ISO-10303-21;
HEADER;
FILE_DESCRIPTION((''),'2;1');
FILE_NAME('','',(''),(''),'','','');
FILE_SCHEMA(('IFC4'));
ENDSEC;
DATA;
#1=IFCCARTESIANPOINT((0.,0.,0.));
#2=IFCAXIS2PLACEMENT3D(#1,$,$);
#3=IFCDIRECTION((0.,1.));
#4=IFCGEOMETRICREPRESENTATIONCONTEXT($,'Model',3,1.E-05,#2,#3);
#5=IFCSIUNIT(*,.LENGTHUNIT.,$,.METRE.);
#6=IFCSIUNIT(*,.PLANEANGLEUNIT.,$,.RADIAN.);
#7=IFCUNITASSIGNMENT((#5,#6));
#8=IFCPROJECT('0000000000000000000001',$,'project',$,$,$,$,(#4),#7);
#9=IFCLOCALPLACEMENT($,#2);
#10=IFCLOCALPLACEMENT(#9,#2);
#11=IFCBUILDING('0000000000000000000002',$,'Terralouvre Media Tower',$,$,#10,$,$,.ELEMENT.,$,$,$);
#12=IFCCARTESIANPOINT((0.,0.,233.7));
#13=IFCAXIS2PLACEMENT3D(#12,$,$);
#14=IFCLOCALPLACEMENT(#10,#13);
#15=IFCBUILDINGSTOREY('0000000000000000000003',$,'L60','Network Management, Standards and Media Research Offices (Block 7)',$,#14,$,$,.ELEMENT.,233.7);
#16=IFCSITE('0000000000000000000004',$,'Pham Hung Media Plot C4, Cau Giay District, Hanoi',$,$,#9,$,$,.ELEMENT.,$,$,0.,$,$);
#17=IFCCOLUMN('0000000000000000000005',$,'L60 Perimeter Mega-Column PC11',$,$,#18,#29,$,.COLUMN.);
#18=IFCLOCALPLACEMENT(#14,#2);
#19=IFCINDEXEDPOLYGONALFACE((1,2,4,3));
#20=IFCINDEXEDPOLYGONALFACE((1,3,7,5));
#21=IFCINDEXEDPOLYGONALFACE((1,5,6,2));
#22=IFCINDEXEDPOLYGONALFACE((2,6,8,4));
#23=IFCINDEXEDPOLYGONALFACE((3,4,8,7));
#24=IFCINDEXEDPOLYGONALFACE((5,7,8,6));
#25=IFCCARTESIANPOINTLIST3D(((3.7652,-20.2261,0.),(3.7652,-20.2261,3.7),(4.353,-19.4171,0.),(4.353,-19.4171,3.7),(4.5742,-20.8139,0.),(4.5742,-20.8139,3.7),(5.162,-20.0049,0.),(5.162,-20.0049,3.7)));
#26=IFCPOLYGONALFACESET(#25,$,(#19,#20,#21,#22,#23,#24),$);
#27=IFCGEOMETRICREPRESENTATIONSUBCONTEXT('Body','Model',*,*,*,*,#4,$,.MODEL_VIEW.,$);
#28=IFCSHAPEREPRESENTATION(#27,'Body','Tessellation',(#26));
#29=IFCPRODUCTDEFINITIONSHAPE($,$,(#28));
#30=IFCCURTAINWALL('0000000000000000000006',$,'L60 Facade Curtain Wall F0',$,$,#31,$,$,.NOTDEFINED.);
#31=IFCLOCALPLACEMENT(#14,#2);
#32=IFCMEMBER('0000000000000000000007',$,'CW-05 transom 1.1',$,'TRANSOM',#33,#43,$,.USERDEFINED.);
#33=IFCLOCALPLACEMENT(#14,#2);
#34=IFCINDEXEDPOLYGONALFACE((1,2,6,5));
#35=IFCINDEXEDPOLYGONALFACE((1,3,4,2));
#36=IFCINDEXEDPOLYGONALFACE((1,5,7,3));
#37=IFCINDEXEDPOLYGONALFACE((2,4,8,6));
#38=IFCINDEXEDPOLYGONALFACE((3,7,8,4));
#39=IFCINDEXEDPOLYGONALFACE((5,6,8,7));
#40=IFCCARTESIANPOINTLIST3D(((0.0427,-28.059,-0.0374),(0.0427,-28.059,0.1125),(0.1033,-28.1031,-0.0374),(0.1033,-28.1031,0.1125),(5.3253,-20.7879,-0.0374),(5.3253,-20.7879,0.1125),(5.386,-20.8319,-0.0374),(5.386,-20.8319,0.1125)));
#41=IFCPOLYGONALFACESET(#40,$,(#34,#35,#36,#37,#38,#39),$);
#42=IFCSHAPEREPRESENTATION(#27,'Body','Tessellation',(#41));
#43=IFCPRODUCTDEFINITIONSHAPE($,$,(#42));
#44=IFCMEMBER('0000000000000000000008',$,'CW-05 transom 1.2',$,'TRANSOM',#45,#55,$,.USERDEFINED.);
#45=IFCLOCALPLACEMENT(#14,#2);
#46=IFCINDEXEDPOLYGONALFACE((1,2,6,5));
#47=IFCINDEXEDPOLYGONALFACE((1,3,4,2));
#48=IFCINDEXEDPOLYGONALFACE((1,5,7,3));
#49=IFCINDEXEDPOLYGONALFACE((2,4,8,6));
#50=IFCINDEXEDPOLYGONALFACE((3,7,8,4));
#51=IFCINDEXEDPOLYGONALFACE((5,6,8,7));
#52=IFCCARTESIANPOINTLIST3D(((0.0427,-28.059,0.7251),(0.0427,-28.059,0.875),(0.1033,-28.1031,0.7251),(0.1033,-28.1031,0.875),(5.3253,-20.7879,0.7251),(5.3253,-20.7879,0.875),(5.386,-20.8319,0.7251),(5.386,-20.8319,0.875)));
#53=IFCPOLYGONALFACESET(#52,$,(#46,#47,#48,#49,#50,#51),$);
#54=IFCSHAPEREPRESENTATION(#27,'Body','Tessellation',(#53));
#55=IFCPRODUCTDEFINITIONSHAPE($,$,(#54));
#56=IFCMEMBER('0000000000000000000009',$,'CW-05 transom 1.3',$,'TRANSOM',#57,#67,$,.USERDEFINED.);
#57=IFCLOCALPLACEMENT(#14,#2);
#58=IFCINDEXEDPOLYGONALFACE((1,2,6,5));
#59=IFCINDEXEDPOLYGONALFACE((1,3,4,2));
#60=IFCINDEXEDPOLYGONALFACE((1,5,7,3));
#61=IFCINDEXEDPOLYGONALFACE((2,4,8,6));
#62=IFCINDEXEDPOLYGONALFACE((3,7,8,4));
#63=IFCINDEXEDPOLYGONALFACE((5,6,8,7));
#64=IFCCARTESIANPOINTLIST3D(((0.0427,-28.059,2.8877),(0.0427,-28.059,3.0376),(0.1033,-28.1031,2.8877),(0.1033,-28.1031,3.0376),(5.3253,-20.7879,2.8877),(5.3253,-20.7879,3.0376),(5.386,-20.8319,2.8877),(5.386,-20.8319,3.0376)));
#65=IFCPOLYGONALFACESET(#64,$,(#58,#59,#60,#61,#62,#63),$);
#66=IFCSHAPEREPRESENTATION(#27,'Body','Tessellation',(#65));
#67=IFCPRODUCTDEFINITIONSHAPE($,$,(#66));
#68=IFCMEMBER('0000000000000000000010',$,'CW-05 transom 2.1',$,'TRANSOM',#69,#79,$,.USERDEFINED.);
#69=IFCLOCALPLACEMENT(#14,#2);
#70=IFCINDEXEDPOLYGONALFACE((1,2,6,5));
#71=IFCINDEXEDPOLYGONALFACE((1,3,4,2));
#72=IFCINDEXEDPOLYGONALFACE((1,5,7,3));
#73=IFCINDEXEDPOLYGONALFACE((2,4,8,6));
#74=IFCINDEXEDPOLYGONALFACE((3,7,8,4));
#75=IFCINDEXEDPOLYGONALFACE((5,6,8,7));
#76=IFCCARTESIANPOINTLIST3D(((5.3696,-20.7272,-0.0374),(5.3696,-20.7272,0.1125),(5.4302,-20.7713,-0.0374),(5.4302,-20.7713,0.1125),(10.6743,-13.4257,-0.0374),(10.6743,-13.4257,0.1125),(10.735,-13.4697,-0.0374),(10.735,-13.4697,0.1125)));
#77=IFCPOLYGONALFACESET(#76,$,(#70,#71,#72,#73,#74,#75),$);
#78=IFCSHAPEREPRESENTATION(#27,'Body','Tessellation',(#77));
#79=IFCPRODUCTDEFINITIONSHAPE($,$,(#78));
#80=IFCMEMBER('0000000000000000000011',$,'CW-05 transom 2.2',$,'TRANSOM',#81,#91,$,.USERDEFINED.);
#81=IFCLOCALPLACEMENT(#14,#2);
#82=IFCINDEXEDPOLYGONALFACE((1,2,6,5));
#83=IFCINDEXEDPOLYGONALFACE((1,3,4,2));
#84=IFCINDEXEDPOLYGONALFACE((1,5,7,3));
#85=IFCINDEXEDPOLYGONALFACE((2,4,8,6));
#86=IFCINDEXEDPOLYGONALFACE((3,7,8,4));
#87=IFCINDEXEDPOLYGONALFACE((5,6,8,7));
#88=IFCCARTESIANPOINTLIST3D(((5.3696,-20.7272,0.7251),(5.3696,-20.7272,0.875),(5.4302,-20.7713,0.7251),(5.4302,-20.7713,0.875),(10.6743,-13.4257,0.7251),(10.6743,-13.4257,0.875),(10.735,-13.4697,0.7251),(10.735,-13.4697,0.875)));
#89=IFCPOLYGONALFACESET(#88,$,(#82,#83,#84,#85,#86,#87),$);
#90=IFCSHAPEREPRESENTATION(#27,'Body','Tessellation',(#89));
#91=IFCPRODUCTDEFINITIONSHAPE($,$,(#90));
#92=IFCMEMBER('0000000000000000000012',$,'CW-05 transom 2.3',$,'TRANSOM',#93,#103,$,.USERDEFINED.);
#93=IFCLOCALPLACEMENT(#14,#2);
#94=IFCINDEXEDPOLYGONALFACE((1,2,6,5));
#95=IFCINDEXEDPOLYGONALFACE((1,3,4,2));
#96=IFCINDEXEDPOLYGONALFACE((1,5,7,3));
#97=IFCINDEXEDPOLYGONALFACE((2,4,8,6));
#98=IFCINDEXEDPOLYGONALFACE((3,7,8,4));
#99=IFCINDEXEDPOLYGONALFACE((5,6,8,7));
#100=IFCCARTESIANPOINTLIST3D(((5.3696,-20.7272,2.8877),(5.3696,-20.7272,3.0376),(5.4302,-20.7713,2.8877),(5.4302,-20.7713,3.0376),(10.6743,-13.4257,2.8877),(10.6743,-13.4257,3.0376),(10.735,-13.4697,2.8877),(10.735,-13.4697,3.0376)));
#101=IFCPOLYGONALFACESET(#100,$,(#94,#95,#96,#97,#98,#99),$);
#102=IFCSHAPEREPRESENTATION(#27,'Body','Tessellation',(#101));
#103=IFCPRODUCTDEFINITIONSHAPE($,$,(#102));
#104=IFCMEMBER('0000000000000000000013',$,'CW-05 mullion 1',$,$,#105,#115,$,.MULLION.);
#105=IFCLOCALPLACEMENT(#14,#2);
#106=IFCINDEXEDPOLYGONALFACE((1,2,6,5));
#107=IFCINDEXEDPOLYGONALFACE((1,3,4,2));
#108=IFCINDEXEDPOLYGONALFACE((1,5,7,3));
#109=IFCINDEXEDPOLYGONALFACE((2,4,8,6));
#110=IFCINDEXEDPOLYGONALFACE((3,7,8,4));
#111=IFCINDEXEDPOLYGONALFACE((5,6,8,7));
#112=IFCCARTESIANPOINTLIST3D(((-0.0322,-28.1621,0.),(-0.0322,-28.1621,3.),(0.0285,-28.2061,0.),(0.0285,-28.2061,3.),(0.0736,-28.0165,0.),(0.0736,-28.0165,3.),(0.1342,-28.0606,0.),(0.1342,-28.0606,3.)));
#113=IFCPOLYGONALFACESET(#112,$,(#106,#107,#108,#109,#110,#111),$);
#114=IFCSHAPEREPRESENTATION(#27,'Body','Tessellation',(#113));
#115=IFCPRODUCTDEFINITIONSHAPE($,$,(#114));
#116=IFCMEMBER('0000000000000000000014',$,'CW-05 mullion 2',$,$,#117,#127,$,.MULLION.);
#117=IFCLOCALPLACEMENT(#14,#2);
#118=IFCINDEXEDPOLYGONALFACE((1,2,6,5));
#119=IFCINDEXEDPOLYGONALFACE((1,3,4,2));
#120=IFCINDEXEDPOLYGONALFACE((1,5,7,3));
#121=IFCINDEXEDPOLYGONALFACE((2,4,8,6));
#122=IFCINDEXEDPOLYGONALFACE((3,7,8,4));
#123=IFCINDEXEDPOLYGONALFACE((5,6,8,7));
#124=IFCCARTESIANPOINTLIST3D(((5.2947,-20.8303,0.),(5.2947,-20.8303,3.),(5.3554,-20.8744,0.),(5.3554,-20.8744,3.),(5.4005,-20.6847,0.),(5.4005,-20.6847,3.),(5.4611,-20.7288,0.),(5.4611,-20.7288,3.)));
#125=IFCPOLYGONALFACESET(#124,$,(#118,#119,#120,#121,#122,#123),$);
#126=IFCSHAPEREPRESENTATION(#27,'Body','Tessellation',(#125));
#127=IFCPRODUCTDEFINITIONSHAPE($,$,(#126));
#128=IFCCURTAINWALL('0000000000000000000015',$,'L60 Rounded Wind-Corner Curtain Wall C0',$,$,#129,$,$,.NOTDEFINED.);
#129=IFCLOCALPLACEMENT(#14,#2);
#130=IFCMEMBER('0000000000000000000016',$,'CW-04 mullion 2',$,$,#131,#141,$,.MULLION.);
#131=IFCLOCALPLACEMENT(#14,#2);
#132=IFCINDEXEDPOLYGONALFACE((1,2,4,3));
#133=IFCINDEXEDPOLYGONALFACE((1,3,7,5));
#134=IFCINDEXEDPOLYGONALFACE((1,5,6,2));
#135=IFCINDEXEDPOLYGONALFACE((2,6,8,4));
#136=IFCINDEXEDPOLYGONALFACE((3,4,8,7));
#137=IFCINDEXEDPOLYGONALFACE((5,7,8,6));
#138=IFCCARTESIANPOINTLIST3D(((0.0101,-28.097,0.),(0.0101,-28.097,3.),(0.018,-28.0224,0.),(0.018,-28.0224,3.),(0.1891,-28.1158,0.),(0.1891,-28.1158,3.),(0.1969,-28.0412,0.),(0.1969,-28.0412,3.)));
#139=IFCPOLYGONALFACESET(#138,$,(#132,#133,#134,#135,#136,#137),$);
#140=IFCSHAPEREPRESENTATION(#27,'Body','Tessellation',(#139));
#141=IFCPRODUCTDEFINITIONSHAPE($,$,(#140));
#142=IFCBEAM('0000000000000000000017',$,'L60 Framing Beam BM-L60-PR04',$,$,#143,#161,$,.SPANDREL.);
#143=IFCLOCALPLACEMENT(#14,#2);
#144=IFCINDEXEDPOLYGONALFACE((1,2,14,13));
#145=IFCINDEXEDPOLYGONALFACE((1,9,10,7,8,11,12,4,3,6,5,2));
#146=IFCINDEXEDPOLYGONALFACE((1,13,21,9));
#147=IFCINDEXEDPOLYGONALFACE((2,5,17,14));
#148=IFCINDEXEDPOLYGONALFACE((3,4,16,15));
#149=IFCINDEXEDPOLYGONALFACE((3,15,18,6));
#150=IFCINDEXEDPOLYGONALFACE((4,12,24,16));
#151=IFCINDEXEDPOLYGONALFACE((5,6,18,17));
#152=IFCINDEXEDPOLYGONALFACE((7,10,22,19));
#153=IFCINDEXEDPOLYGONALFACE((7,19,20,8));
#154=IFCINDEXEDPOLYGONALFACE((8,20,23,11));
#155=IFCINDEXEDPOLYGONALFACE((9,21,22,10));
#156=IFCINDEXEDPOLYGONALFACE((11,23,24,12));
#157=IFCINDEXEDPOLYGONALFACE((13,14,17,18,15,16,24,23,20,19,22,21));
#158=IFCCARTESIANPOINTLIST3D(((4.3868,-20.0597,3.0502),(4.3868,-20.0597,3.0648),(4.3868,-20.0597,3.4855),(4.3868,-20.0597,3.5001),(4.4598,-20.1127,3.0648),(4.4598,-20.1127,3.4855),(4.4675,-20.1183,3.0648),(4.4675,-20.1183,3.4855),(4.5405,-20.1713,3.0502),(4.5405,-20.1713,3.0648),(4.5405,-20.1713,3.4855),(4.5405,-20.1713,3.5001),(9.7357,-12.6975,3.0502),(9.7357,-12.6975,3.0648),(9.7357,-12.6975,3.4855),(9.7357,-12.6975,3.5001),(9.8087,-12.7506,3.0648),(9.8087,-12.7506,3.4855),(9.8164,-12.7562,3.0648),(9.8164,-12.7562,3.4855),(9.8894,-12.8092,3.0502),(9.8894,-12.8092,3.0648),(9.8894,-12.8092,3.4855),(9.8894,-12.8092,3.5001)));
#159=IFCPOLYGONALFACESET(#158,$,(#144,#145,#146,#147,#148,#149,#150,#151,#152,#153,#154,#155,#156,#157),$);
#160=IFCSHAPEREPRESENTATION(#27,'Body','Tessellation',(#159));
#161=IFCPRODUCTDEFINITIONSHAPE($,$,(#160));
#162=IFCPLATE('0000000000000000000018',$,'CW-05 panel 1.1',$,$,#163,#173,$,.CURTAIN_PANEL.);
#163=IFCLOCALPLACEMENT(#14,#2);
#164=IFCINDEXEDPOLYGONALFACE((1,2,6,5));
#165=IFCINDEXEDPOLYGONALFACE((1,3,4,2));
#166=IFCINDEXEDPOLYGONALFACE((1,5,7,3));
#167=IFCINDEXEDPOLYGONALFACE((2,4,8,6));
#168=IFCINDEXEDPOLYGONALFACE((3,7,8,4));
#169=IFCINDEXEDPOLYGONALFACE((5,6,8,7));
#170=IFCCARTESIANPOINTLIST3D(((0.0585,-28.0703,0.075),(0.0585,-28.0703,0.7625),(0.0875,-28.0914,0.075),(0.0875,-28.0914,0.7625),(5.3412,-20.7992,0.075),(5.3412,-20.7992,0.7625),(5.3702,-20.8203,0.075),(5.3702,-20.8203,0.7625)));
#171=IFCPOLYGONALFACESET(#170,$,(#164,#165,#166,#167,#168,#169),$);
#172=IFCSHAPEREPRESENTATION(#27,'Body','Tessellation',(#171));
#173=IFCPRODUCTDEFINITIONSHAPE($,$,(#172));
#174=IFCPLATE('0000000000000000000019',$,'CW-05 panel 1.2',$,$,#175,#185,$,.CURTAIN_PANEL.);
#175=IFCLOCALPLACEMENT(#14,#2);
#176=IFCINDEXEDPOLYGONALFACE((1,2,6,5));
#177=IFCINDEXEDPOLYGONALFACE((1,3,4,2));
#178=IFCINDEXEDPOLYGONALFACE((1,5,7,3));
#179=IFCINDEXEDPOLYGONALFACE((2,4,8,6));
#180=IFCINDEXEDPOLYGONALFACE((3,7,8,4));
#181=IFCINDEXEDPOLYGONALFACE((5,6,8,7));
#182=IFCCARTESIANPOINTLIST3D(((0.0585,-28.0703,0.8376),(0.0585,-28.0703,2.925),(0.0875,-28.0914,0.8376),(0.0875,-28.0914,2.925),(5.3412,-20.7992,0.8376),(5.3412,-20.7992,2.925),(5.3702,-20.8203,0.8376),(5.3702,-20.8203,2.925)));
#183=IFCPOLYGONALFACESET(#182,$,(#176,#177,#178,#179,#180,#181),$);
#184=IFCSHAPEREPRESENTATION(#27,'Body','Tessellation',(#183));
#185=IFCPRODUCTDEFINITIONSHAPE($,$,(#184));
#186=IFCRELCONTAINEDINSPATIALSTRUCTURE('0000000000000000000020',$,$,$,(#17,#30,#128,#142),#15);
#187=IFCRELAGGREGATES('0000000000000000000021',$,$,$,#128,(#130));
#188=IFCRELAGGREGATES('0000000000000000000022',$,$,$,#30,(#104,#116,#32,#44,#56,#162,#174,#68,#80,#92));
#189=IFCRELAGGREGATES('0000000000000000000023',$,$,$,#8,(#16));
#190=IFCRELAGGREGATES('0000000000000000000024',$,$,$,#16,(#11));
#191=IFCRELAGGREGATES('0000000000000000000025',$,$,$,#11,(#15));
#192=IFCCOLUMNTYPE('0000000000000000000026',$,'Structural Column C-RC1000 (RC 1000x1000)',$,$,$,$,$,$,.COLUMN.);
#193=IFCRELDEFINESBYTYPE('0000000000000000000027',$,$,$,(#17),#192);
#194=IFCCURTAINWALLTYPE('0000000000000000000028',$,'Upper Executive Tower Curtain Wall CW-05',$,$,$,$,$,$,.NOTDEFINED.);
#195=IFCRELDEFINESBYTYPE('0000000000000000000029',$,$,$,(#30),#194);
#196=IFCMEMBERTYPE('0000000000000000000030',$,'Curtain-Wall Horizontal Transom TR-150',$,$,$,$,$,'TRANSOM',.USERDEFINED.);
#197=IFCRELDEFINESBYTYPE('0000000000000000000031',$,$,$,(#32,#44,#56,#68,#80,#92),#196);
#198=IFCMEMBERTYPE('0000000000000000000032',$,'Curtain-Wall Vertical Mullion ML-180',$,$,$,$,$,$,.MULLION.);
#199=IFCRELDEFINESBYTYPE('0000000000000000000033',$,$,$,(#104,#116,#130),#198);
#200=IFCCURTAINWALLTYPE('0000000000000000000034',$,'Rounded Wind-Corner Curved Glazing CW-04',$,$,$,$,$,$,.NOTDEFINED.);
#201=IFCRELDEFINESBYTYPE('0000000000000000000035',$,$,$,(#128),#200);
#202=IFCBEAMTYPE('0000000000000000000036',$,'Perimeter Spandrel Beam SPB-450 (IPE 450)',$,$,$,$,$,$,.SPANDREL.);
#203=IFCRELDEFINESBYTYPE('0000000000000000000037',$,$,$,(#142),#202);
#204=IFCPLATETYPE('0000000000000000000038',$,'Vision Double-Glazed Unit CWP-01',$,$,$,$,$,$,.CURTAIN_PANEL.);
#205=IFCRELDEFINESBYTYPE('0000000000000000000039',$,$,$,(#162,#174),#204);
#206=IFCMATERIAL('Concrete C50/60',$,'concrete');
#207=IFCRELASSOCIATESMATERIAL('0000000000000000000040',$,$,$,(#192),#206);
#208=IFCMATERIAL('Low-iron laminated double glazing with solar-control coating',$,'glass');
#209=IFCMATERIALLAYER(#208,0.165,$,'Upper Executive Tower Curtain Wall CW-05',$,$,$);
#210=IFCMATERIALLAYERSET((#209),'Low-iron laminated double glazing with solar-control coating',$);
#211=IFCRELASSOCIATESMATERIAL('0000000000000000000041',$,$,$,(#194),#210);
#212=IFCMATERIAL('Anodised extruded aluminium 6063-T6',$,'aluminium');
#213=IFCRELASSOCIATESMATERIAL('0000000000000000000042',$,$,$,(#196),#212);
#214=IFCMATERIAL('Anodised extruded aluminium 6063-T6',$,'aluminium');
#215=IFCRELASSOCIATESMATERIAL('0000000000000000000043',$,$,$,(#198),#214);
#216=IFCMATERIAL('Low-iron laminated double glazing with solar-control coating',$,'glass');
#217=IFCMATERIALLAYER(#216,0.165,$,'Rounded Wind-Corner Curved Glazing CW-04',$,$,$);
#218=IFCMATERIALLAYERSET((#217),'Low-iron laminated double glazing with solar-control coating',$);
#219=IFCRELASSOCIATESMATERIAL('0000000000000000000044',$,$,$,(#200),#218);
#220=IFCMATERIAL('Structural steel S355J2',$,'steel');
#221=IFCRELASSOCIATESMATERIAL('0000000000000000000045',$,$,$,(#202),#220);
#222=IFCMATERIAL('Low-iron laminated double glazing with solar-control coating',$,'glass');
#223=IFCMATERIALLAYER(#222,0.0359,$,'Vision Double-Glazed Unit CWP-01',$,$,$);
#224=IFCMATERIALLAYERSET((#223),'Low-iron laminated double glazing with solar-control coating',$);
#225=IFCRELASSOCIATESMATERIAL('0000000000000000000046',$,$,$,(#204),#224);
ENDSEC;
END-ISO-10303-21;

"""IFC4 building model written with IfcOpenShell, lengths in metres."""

from ifc_helpers import new_model, si_unit, direction, frame, origin, origin_2d, place, context, subcontext, project, spatial, rectangle, i_section, extrude, material, layer, layer_set, material_profile, profile_set, type_object, element, aggregate, save


model = new_model("IFC4")

# Units and contexts
model_context = context("Model", 3, precision=1e-05, world=origin(), true_north=direction((0.0, 1.0)))
body_context = subcontext(model_context, "Body", "Model", "MODEL_VIEW")
ifc_project = project(units=[si_unit("LENGTHUNIT", "METRE"), si_unit("PLANEANGLEUNIT", "RADIAN")], contexts=[model_context])

# Site, building, storey
site_placement = place(None, origin())
site = spatial("IfcSite", under=ifc_project, at=site_placement, Name="Pham Hung Media Plot C4, Cau Giay District, Hanoi", CompositionType="ELEMENT", RefElevation=0.0)
building_placement = place(site_placement, origin())
building = spatial("IfcBuilding", under=site, at=building_placement, Name="Terralouvre Media Tower", CompositionType="ELEMENT")
storey_placement = place(building_placement, frame((0.0, 0.0, 233.7)))
storey = spatial("IfcBuildingStorey", under=building, at=storey_placement, Name="L60", Description="Network Management, Standards and Media Research Offices (Block 7)", CompositionType="ELEMENT", Elevation=233.7)

# Column
ifc_material_1 = material(Name="Concrete C50/60", Category="concrete")
ifc_material_profile_1 = material_profile(ifc_material_1, rectangle(XDim=1.0, YDim=1.0, at=origin_2d()), Name="RC 1000x1000")
ifc_profile_set_1 = profile_set([ifc_material_profile_1], Name="Concrete C50/60")
column_type = type_object("IfcColumnType", Name="Structural Column C-RC1000 (RC 1000x1000)", PredefinedType="COLUMN", material=ifc_profile_set_1)
column_placement = place(storey_placement, frame((4.4636, -20.1155, 0.0), z_axis=(0.0, 0.0, 1.0), x_axis=(0.587785, 0.809017, 0.0)))
element("IfcColumn", 1, at=column_placement, inside=storey, type_object=column_type, Name="L60 Perimeter Mega-Column PC11", PredefinedType="COLUMN", context=body_context, shape_type="SweptSolid", body=[
    extrude(rectangle(XDim=1.0, YDim=1.0, at=origin_2d()), origin(), (0.0, 0.0, 1.0), 3.7),
])

# Curtain wall, members
ifc_material_2 = material(Name="Low-iron laminated double glazing with solar-control coating", Category="glass")
ifc_layer_1 = layer(ifc_material_2, 0.165, Name="Upper Executive Tower Curtain Wall CW-05")
ifc_layer_set_1 = layer_set([ifc_layer_1], Name="Low-iron laminated double glazing with solar-control coating")
curtain_wall_type_1 = type_object("IfcCurtainWallType", Name="Upper Executive Tower Curtain Wall CW-05", PredefinedType="NOTDEFINED", material=ifc_layer_set_1)
curtain_wall_1_placement = place(storey_placement, origin())
curtain_wall_1 = element("IfcCurtainWall", 2, at=curtain_wall_1_placement, inside=storey, type_object=curtain_wall_type_1, Name="L60 Facade Curtain Wall F0", PredefinedType="NOTDEFINED")
ifc_material_3 = material(Name="Anodised extruded aluminium 6063-T6", Category="aluminium")
ifc_material_profile_2 = material_profile(ifc_material_3, rectangle(XDim=0.075, YDim=0.1499, at=origin_2d()), Name="ALU 75x150")
ifc_profile_set_2 = profile_set([ifc_material_profile_2], Name="Anodised extruded aluminium 6063-T6")
member_type_1 = type_object("IfcMemberType", Name="Curtain-Wall Horizontal Transom TR-150", ElementType="TRANSOM", PredefinedType="USERDEFINED", material=ifc_profile_set_2)
member_1_placement = place(storey_placement, frame((0.073, -28.0811, 0.0376), z_axis=(0.587774, 0.809025, 0.0), x_axis=(-0.809025, 0.587774, 0.0)))
member_1 = element("IfcMember", 3, at=member_1_placement, type_object=member_type_1, Name="CW-05 transom 1.1", ObjectType="TRANSOM", PredefinedType="USERDEFINED", context=body_context, shape_type="SweptSolid", body=[
    extrude(rectangle(XDim=0.075, YDim=0.1499, at=origin_2d()), origin(), (0.0, 0.0, 1.0), 8.9875),
])
member_2_placement = place(storey_placement, frame((0.073, -28.0811, 0.8), z_axis=(0.587774, 0.809025, 0.0), x_axis=(-0.809025, 0.587774, 0.0)))
member_2 = element("IfcMember", 4, at=member_2_placement, type_object=member_type_1, Name="CW-05 transom 1.2", ObjectType="TRANSOM", PredefinedType="USERDEFINED", context=body_context, shape_type="SweptSolid", body=[
    extrude(rectangle(XDim=0.075, YDim=0.1499, at=origin_2d()), origin(), (0.0, 0.0, 1.0), 8.9875),
])
member_3_placement = place(storey_placement, frame((0.073, -28.0811, 2.9626), z_axis=(0.587774, 0.809025, 0.0), x_axis=(-0.809025, 0.587774, 0.0)))
member_3 = element("IfcMember", 5, at=member_3_placement, type_object=member_type_1, Name="CW-05 transom 1.3", ObjectType="TRANSOM", PredefinedType="USERDEFINED", context=body_context, shape_type="SweptSolid", body=[
    extrude(rectangle(XDim=0.075, YDim=0.1499, at=origin_2d()), origin(), (0.0, 0.0, 1.0), 8.9875),
])
member_4_placement = place(storey_placement, frame((5.3999, -20.7493, 0.0376), z_axis=(0.587773, 0.809026, 0.0), x_axis=(-0.809026, 0.587773, 0.0)))
member_4 = element("IfcMember", 6, at=member_4_placement, type_object=member_type_1, Name="CW-05 transom 2.1", ObjectType="TRANSOM", PredefinedType="USERDEFINED", context=body_context, shape_type="SweptSolid", body=[
    extrude(rectangle(XDim=0.075, YDim=0.1499, at=origin_2d()), origin(), (0.0, 0.0, 1.0), 9.0251),
])
member_5_placement = place(storey_placement, frame((5.3999, -20.7493, 0.8), z_axis=(0.587773, 0.809026, 0.0), x_axis=(-0.809026, 0.587773, 0.0)))
member_5 = element("IfcMember", 7, at=member_5_placement, type_object=member_type_1, Name="CW-05 transom 2.2", ObjectType="TRANSOM", PredefinedType="USERDEFINED", context=body_context, shape_type="SweptSolid", body=[
    extrude(rectangle(XDim=0.075, YDim=0.1499, at=origin_2d()), origin(), (0.0, 0.0, 1.0), 9.0251),
])
member_6_placement = place(storey_placement, frame((5.3999, -20.7493, 2.9626), z_axis=(0.587773, 0.809026, 0.0), x_axis=(-0.809026, 0.587773, 0.0)))
member_6 = element("IfcMember", 8, at=member_6_placement, type_object=member_type_1, Name="CW-05 transom 2.3", ObjectType="TRANSOM", PredefinedType="USERDEFINED", context=body_context, shape_type="SweptSolid", body=[
    extrude(rectangle(XDim=0.075, YDim=0.1499, at=origin_2d()), origin(), (0.0, 0.0, 1.0), 9.0251),
])
ifc_material_4 = material(Name="Anodised extruded aluminium 6063-T6", Category="aluminium")
ifc_material_profile_3 = material_profile(ifc_material_4, rectangle(XDim=0.075, YDim=0.1799, at=origin_2d()), Name="ALU 75x180")
ifc_profile_set_3 = profile_set([ifc_material_profile_3], Name="Anodised extruded aluminium 6063-T6")
member_type_2 = type_object("IfcMemberType", Name="Curtain-Wall Vertical Mullion ML-180", PredefinedType="MULLION", material=ifc_profile_set_3)
member_7_placement = place(storey_placement, frame((0.051, -28.1113, 0.0), z_axis=(0.0, 0.0, 1.0), x_axis=(-0.809017, 0.587785, 0.0)))
member_7 = element("IfcMember", 9, at=member_7_placement, type_object=member_type_2, Name="CW-05 mullion 1", PredefinedType="MULLION", context=body_context, shape_type="SweptSolid", body=[
    extrude(rectangle(XDim=0.075, YDim=0.1799, at=origin_2d()), origin(), (0.0, 0.0, 1.0), 3.0),
])
member_8_placement = place(storey_placement, frame((5.3779, -20.7795, 0.0), z_axis=(0.0, 0.0, 1.0), x_axis=(-0.809017, 0.587785, 0.0)))
member_8 = element("IfcMember", 10, at=member_8_placement, type_object=member_type_2, Name="CW-05 mullion 2", PredefinedType="MULLION", context=body_context, shape_type="SweptSolid", body=[
    extrude(rectangle(XDim=0.075, YDim=0.1799, at=origin_2d()), origin(), (0.0, 0.0, 1.0), 3.0),
])

# Curtain wall, member
ifc_material_5 = material(Name="Low-iron laminated double glazing with solar-control coating", Category="glass")
ifc_layer_2 = layer(ifc_material_5, 0.165, Name="Rounded Wind-Corner Curved Glazing CW-04")
ifc_layer_set_2 = layer_set([ifc_layer_2], Name="Low-iron laminated double glazing with solar-control coating")
curtain_wall_type_2 = type_object("IfcCurtainWallType", Name="Rounded Wind-Corner Curved Glazing CW-04", PredefinedType="NOTDEFINED", material=ifc_layer_set_2)
curtain_wall_2_placement = place(storey_placement, origin())
curtain_wall_2 = element("IfcCurtainWall", 11, at=curtain_wall_2_placement, inside=storey, type_object=curtain_wall_type_2, Name="L60 Rounded Wind-Corner Curtain Wall C0", PredefinedType="NOTDEFINED")
member_9_placement = place(storey_placement, frame((0.1035, -28.0691, 0.0), z_axis=(0.0, 0.0, 1.0), x_axis=(0.104528, 0.994522, 0.0)))
member_9 = element("IfcMember", 12, at=member_9_placement, type_object=member_type_2, Name="CW-04 mullion 2", PredefinedType="MULLION", context=body_context, shape_type="SweptSolid", body=[
    extrude(rectangle(XDim=0.075, YDim=0.1799, at=origin_2d()), origin(), (0.0, 0.0, 1.0), 3.0),
])
aggregate(curtain_wall_2, [member_9])

# Beam
ifc_material_6 = material(Name="Structural steel S355J2", Category="steel")
ifc_material_profile_4 = material_profile(ifc_material_6, i_section(OverallWidth=0.1899, OverallDepth=0.45, WebThickness=0.0095, FlangeThickness=0.0146, at=origin_2d()), Name="IPE 450")
ifc_profile_set_4 = profile_set([ifc_material_profile_4], Name="Structural steel S355J2")
beam_type = type_object("IfcBeamType", Name="Perimeter Spandrel Beam SPB-450 (IPE 450)", PredefinedType="SPANDREL", material=ifc_profile_set_4)
beam_placement = place(storey_placement, frame((4.4636, -20.1155, 3.2751), z_axis=(0.587787, 0.809016, 0.0), x_axis=(-0.809016, 0.587787, 0.0)))
element("IfcBeam", 13, at=beam_placement, inside=storey, type_object=beam_type, Name="L60 Framing Beam BM-L60-PR04", PredefinedType="SPANDREL", context=body_context, shape_type="SweptSolid", body=[
    extrude(i_section(OverallWidth=0.1899, OverallDepth=0.45, WebThickness=0.0095, FlangeThickness=0.0146, at=origin_2d()), origin(), (0.0, 0.0, 1.0), 9.1001),
])

# Plates
ifc_material_7 = material(Name="Low-iron laminated double glazing with solar-control coating", Category="glass")
ifc_layer_3 = layer(ifc_material_7, 0.0359, Name="Vision Double-Glazed Unit CWP-01")
ifc_layer_set_3 = layer_set([ifc_layer_3], Name="Low-iron laminated double glazing with solar-control coating")
plate_type = type_object("IfcPlateType", Name="Vision Double-Glazed Unit CWP-01", PredefinedType="CURTAIN_PANEL", material=ifc_layer_set_3)
plate_1_placement = place(storey_placement, frame((2.7144, -24.4453, 0.075), z_axis=(0.0, 0.0, 1.0), x_axis=(0.587785, 0.809017, 0.0)))
plate_1 = element("IfcPlate", 14, at=plate_1_placement, type_object=plate_type, Name="CW-05 panel 1.1", PredefinedType="CURTAIN_PANEL", context=body_context, shape_type="SweptSolid", body=[
    extrude(rectangle(XDim=8.9875, YDim=0.0359, at=origin_2d()), origin(), (0.0, 0.0, 1.0), 0.6875),
])
plate_2_placement = place(storey_placement, frame((2.7144, -24.4453, 0.8376), z_axis=(0.0, 0.0, 1.0), x_axis=(0.587785, 0.809017, 0.0)))
plate_2 = element("IfcPlate", 15, at=plate_2_placement, type_object=plate_type, Name="CW-05 panel 1.2", PredefinedType="CURTAIN_PANEL", context=body_context, shape_type="SweptSolid", body=[
    extrude(rectangle(XDim=8.9875, YDim=0.0359, at=origin_2d()), origin(), (0.0, 0.0, 1.0), 2.0874),
])
aggregate(curtain_wall_1, [member_7, member_8, member_1, member_2, member_3, plate_1, plate_2, member_4, member_5, member_6])

save(model, "model.ifc")
